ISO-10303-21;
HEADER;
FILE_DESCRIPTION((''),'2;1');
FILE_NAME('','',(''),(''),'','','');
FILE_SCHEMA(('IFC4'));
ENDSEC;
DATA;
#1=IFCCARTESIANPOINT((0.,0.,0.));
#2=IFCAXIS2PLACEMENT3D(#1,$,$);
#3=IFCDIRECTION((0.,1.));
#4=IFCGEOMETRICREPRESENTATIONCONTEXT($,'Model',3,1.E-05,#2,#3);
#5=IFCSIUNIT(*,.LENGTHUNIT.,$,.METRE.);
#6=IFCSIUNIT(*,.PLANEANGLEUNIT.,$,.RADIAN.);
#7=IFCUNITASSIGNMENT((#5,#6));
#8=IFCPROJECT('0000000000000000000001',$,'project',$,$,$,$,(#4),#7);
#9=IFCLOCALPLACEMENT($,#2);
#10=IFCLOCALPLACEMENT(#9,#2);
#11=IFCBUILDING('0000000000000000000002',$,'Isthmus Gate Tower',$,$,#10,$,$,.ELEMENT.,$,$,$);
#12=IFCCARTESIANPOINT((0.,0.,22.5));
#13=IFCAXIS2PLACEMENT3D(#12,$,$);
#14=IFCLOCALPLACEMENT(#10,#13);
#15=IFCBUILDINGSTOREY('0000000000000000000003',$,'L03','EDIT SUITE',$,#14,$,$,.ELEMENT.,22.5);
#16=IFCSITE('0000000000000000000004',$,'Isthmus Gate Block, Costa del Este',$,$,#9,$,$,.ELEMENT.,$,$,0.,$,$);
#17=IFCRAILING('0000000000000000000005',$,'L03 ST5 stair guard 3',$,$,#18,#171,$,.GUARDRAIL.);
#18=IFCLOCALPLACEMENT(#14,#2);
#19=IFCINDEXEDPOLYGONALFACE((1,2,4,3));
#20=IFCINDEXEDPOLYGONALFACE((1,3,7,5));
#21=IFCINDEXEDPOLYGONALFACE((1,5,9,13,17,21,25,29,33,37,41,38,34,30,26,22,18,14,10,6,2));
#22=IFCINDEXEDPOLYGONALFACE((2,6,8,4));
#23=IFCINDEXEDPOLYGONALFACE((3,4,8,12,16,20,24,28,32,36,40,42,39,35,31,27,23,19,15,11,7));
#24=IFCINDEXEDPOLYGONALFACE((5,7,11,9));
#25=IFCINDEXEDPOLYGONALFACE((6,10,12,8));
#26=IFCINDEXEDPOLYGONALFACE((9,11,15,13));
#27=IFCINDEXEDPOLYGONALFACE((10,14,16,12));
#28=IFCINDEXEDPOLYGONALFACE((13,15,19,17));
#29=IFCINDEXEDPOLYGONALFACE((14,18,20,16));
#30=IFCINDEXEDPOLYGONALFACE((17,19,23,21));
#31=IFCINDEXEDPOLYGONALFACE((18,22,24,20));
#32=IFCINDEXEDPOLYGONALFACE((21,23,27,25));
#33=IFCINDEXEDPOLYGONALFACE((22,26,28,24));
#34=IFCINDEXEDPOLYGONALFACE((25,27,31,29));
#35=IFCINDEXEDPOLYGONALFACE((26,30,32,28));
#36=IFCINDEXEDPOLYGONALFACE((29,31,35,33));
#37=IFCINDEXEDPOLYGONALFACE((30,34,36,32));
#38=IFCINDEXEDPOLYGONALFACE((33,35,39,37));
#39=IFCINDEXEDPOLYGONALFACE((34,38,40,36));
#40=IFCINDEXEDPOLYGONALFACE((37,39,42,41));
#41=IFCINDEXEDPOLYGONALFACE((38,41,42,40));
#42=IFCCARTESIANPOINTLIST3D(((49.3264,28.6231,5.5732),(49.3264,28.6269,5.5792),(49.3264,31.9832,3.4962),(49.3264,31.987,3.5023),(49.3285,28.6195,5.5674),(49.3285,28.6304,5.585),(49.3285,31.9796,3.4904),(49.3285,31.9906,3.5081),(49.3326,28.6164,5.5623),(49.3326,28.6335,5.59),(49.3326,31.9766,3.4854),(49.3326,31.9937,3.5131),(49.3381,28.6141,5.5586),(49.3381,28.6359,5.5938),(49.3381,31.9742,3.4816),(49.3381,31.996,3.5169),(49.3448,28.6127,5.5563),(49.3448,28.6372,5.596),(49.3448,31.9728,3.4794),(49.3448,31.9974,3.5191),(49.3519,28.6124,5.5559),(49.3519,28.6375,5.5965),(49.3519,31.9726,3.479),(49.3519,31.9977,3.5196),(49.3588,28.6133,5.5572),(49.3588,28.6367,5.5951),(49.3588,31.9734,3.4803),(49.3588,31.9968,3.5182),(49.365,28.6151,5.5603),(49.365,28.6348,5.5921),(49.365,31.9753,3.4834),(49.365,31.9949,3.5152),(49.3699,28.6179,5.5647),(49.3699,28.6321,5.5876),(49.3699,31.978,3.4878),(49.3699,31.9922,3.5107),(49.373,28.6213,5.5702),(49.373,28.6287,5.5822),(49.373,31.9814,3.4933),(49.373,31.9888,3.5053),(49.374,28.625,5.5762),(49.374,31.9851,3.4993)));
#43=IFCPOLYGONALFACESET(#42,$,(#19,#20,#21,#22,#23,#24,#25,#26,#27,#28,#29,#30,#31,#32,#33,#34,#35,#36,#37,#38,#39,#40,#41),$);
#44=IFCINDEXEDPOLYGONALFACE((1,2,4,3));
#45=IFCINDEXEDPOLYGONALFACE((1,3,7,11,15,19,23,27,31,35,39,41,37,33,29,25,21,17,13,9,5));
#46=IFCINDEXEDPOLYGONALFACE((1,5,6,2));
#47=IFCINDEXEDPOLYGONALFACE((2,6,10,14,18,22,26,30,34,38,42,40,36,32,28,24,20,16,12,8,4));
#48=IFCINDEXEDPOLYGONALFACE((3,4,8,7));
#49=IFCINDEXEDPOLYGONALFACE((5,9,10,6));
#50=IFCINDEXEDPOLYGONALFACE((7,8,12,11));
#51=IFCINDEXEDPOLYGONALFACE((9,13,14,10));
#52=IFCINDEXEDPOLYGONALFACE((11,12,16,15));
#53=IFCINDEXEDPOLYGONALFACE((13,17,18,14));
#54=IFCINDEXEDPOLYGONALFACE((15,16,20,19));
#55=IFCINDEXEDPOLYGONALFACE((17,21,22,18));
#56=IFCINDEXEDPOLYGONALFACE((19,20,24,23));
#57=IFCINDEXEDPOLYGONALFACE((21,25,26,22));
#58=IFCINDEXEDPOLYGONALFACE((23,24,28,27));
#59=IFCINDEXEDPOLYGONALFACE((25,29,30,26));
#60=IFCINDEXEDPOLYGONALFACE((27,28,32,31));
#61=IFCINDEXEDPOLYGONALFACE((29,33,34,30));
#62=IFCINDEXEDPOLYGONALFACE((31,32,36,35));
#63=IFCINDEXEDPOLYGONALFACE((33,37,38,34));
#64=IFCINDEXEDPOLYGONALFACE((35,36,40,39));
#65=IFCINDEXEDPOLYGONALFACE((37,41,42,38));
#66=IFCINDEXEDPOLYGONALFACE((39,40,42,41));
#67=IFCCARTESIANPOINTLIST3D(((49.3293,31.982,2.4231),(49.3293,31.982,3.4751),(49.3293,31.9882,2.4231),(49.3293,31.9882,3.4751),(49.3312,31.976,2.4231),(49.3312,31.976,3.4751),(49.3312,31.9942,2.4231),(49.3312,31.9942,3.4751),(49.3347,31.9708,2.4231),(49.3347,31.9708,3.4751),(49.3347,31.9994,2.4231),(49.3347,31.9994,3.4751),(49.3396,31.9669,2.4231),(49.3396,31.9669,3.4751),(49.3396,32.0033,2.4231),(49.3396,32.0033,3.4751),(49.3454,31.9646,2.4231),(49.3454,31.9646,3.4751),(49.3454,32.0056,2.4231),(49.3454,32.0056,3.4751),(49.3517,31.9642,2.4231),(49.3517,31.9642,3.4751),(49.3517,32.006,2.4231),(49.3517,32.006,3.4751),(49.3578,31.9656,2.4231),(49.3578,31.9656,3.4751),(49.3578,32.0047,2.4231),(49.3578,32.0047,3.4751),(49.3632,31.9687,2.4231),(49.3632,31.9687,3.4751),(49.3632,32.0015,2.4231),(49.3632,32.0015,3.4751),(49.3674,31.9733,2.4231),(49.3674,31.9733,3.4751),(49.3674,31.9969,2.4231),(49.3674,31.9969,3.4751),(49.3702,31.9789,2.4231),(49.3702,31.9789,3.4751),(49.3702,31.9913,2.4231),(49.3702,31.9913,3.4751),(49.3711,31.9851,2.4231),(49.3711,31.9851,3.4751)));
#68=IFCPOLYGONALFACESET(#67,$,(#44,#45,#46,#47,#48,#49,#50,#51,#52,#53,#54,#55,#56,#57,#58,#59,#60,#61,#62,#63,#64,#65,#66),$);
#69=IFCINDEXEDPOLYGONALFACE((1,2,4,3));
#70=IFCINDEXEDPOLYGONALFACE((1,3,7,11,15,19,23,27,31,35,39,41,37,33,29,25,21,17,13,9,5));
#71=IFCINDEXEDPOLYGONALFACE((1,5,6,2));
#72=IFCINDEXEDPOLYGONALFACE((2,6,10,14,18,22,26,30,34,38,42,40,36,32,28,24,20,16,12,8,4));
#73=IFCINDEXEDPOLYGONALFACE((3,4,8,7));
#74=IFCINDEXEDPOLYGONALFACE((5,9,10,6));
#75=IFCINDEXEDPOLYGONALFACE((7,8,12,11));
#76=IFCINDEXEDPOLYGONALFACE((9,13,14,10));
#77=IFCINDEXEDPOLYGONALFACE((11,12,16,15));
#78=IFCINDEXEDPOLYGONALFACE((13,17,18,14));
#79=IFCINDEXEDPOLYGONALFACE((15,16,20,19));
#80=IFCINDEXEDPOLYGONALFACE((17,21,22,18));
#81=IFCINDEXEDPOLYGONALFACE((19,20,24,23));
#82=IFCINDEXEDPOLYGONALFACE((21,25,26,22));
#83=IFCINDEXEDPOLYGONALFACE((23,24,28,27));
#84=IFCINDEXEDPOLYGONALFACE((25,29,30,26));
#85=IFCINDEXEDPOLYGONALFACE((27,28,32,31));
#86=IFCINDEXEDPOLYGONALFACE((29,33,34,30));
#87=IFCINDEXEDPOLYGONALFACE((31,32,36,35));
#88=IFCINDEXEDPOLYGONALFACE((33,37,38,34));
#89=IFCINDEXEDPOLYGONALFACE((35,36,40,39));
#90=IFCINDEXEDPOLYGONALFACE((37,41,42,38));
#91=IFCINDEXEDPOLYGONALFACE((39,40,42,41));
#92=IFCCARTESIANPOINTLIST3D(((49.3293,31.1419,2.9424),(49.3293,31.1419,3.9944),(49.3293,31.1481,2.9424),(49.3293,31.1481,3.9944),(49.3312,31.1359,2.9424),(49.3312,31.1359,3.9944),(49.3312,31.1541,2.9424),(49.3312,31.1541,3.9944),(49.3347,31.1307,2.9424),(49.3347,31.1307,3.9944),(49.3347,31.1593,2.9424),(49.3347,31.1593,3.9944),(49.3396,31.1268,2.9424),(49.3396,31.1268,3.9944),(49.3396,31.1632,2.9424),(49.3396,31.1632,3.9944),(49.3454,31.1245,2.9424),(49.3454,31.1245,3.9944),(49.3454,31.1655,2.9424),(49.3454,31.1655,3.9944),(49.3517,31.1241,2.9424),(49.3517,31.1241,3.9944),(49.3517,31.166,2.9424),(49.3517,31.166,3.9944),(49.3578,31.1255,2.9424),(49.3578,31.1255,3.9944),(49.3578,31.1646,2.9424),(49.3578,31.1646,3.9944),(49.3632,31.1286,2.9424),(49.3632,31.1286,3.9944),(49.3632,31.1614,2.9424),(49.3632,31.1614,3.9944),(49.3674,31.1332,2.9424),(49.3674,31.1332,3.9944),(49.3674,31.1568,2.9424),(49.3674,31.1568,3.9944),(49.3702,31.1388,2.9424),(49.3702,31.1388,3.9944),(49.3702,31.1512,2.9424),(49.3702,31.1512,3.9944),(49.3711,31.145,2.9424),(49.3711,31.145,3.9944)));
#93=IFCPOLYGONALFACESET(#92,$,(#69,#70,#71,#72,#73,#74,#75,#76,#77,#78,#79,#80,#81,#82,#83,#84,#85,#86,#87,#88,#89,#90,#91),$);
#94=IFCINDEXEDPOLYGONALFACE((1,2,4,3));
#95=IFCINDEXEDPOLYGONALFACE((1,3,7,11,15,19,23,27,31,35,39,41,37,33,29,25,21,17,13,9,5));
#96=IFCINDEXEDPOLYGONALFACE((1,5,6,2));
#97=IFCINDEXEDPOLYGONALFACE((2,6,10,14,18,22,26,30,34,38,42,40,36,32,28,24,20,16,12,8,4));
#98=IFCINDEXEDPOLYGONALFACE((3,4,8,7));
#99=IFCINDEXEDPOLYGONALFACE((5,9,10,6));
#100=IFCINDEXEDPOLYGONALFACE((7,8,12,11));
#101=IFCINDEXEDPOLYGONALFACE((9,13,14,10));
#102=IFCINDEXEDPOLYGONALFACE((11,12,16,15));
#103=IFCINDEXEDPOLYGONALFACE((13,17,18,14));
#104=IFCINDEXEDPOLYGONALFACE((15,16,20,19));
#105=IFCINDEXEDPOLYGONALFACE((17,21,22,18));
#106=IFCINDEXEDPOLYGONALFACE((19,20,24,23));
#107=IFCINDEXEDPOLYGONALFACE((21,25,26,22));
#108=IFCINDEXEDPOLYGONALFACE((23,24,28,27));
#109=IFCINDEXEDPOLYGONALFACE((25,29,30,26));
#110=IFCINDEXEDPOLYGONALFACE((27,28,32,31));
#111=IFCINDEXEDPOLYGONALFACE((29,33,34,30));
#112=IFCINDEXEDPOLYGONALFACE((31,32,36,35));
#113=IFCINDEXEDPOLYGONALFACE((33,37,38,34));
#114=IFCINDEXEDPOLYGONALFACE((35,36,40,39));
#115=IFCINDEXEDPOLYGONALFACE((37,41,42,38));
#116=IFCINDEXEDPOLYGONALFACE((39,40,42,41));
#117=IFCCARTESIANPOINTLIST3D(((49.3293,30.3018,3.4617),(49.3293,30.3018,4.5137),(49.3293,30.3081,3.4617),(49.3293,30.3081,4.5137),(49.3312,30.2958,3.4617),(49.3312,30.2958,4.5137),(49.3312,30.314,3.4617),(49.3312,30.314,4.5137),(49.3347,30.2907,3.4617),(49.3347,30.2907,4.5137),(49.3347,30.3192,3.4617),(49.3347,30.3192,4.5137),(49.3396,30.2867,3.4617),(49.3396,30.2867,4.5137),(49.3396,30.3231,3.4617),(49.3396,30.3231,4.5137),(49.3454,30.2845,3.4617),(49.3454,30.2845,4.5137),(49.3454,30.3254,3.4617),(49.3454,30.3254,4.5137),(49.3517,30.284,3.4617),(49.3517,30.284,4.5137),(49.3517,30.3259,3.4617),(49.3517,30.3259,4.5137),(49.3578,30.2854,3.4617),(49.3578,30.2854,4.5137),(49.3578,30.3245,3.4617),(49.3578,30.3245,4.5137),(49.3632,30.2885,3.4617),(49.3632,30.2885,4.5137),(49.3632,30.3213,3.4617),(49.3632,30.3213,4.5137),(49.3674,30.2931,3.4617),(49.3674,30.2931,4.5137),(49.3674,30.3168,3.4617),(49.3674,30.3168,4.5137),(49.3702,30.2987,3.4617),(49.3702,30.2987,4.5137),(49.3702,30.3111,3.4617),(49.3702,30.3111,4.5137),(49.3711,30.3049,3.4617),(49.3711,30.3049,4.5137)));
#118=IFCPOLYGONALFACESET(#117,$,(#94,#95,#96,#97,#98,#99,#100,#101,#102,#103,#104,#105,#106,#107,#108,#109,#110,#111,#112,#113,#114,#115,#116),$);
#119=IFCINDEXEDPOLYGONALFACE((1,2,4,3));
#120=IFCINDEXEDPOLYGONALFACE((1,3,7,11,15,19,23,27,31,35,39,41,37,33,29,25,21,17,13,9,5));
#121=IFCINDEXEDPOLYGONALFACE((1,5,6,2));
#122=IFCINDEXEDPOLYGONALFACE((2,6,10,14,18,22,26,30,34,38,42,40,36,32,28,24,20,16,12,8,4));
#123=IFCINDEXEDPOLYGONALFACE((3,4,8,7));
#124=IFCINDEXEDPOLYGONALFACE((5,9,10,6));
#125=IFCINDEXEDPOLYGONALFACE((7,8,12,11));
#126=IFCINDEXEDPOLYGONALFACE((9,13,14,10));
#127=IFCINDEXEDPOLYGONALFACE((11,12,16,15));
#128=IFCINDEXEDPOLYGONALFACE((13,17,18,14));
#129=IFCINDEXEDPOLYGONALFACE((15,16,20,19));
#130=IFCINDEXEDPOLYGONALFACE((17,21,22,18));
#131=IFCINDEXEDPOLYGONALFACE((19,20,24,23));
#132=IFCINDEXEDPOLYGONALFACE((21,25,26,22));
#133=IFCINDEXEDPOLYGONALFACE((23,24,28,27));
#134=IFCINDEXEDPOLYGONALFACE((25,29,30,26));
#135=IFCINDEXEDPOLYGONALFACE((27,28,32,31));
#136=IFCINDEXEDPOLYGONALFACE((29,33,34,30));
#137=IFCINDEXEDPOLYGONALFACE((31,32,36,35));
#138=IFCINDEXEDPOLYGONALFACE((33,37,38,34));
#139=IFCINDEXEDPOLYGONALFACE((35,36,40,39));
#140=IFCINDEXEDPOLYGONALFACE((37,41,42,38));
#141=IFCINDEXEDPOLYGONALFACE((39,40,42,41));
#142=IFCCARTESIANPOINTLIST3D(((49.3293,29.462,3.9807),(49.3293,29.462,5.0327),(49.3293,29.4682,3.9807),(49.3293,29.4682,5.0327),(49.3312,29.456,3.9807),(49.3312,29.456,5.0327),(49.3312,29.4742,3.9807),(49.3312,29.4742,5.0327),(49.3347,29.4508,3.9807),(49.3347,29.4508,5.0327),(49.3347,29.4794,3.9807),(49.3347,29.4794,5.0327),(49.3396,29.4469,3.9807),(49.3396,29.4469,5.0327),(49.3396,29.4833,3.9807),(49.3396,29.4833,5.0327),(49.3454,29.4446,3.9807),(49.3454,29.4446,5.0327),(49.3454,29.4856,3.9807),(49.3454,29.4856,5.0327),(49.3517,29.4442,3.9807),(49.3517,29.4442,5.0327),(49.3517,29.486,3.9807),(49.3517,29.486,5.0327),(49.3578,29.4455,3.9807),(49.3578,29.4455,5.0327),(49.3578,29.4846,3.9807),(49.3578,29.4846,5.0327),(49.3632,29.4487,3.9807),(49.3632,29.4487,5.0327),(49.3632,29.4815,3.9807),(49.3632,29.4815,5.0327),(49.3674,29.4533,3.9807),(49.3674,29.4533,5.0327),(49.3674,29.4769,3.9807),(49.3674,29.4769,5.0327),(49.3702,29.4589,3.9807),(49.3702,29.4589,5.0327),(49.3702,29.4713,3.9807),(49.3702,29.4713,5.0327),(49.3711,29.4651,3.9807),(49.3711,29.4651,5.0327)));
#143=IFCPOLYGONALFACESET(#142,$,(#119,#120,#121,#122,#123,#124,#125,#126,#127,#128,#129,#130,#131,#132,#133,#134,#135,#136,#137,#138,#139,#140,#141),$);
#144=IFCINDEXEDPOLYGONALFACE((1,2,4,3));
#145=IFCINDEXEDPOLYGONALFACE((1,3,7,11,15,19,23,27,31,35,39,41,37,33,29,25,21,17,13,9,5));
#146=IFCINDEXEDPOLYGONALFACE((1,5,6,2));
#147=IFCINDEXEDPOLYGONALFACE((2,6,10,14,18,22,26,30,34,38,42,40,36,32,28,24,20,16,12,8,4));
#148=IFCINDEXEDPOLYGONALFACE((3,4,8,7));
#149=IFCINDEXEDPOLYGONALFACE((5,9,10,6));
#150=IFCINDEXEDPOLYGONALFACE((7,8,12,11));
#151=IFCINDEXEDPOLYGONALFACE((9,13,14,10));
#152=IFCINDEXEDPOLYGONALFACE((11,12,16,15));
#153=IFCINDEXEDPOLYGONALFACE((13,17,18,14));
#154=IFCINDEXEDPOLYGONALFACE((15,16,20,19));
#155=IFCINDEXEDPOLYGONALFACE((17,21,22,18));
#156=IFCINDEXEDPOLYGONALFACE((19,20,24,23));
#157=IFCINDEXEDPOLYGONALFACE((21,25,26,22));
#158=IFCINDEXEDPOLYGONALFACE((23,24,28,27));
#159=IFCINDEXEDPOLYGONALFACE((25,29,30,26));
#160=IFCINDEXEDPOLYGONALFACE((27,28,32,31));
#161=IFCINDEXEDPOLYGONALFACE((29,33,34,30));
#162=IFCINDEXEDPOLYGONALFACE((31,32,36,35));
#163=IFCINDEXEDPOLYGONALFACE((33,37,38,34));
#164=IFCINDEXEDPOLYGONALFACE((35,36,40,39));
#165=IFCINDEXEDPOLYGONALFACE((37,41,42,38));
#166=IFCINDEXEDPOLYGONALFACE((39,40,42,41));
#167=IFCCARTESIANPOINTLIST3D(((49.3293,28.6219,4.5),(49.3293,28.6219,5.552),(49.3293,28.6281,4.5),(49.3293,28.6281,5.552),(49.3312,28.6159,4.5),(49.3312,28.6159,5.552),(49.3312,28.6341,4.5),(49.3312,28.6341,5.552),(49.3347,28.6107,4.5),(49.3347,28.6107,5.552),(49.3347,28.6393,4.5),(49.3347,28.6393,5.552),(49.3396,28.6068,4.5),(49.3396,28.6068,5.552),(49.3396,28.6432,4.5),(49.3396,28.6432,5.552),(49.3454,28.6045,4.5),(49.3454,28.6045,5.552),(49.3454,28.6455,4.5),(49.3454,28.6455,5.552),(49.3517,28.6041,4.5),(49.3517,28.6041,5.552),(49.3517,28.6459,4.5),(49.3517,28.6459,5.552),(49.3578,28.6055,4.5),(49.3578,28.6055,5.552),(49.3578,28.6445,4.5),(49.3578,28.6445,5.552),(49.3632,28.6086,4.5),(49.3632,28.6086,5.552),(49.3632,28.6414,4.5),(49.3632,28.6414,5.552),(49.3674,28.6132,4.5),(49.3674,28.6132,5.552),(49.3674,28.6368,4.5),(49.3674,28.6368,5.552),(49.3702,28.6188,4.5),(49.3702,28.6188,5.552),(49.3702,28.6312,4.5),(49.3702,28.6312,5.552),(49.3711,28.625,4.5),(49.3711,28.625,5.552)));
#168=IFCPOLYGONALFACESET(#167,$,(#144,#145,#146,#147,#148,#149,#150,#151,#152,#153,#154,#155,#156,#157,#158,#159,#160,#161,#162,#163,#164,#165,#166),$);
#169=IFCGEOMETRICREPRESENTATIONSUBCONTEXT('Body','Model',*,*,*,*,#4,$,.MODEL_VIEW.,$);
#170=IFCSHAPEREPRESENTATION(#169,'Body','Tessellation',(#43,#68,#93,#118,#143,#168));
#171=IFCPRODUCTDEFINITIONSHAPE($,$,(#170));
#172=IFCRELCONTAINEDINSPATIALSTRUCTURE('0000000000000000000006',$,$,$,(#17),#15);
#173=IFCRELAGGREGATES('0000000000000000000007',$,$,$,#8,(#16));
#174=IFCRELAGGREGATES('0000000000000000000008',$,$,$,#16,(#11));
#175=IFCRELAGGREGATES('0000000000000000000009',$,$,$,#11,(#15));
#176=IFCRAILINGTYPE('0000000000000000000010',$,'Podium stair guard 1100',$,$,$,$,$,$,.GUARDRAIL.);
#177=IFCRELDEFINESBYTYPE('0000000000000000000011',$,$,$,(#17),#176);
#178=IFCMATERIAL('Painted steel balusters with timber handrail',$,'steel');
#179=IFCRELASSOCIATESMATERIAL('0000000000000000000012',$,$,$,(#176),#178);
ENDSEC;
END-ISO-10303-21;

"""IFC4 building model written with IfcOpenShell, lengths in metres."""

from ifc_helpers import new_model, si_unit, direction, frame, origin, origin_2d, place, context, subcontext, project, spatial, circle, extrude, material, type_object, element, save


model = new_model("IFC4")

# Units and contexts
model_context = context("Model", 3, precision=1e-05, world=origin(), true_north=direction((0.0, 1.0)))
body_context = subcontext(model_context, "Body", "Model", "MODEL_VIEW")
ifc_project = project(units=[si_unit("LENGTHUNIT", "METRE"), si_unit("PLANEANGLEUNIT", "RADIAN")], contexts=[model_context])

# Site, building, storey
site_placement = place(None, origin())
site = spatial("IfcSite", under=ifc_project, at=site_placement, Name="Isthmus Gate Block, Costa del Este", CompositionType="ELEMENT", RefElevation=0.0)
building_placement = place(site_placement, origin())
building = spatial("IfcBuilding", under=site, at=building_placement, Name="Isthmus Gate Tower", CompositionType="ELEMENT")
storey_placement = place(building_placement, frame((0.0, 0.0, 22.5)))
storey = spatial("IfcBuildingStorey", under=building, at=storey_placement, Name="L03", Description="EDIT SUITE", CompositionType="ELEMENT", Elevation=22.5)

# Railing
ifc_material_1 = material(Name="Painted steel balusters with timber handrail", Category="steel")
railing_type_1 = type_object("IfcRailingType", Name="Podium stair guard 1100", PredefinedType="GUARDRAIL", material=ifc_material_1)
railing_1_placement = place(storey_placement, frame((49.3501, 31.9851, 2.4231)))
element("IfcRailing", 1, at=railing_1_placement, inside=storey, type_object=railing_type_1, Name="L03 ST5 stair guard 3", PredefinedType="GUARDRAIL", context=body_context, shape_type="SweptSolid", body=[
    extrude(circle(Radius=0.0239, at=origin_2d()), frame((0.0, 0.0, 1.0762), z_axis=(0.0, -0.850623, 0.525776), x_axis=(1.0, 0.0, 0.0)), (0.0, 0.0, 1.0), 3.9502),
    extrude(circle(Radius=0.021, at=origin_2d()), origin(), (0.0, 0.0, 1.0), 1.052),
    extrude(circle(Radius=0.021, at=origin_2d()), frame((0.0, -0.8401, 0.5193)), (0.0, 0.0, 1.0), 1.052),
    extrude(circle(Radius=0.021, at=origin_2d()), frame((0.0, -1.6802, 1.0386)), (0.0, 0.0, 1.0), 1.052),
    extrude(circle(Radius=0.021, at=origin_2d()), frame((0.0, -2.52, 1.5576)), (0.0, 0.0, 1.0), 1.052),
    extrude(circle(Radius=0.021, at=origin_2d()), frame((0.0, -3.3601, 2.0769)), (0.0, 0.0, 1.0), 1.052),
])

save(model, "model.ifc")
